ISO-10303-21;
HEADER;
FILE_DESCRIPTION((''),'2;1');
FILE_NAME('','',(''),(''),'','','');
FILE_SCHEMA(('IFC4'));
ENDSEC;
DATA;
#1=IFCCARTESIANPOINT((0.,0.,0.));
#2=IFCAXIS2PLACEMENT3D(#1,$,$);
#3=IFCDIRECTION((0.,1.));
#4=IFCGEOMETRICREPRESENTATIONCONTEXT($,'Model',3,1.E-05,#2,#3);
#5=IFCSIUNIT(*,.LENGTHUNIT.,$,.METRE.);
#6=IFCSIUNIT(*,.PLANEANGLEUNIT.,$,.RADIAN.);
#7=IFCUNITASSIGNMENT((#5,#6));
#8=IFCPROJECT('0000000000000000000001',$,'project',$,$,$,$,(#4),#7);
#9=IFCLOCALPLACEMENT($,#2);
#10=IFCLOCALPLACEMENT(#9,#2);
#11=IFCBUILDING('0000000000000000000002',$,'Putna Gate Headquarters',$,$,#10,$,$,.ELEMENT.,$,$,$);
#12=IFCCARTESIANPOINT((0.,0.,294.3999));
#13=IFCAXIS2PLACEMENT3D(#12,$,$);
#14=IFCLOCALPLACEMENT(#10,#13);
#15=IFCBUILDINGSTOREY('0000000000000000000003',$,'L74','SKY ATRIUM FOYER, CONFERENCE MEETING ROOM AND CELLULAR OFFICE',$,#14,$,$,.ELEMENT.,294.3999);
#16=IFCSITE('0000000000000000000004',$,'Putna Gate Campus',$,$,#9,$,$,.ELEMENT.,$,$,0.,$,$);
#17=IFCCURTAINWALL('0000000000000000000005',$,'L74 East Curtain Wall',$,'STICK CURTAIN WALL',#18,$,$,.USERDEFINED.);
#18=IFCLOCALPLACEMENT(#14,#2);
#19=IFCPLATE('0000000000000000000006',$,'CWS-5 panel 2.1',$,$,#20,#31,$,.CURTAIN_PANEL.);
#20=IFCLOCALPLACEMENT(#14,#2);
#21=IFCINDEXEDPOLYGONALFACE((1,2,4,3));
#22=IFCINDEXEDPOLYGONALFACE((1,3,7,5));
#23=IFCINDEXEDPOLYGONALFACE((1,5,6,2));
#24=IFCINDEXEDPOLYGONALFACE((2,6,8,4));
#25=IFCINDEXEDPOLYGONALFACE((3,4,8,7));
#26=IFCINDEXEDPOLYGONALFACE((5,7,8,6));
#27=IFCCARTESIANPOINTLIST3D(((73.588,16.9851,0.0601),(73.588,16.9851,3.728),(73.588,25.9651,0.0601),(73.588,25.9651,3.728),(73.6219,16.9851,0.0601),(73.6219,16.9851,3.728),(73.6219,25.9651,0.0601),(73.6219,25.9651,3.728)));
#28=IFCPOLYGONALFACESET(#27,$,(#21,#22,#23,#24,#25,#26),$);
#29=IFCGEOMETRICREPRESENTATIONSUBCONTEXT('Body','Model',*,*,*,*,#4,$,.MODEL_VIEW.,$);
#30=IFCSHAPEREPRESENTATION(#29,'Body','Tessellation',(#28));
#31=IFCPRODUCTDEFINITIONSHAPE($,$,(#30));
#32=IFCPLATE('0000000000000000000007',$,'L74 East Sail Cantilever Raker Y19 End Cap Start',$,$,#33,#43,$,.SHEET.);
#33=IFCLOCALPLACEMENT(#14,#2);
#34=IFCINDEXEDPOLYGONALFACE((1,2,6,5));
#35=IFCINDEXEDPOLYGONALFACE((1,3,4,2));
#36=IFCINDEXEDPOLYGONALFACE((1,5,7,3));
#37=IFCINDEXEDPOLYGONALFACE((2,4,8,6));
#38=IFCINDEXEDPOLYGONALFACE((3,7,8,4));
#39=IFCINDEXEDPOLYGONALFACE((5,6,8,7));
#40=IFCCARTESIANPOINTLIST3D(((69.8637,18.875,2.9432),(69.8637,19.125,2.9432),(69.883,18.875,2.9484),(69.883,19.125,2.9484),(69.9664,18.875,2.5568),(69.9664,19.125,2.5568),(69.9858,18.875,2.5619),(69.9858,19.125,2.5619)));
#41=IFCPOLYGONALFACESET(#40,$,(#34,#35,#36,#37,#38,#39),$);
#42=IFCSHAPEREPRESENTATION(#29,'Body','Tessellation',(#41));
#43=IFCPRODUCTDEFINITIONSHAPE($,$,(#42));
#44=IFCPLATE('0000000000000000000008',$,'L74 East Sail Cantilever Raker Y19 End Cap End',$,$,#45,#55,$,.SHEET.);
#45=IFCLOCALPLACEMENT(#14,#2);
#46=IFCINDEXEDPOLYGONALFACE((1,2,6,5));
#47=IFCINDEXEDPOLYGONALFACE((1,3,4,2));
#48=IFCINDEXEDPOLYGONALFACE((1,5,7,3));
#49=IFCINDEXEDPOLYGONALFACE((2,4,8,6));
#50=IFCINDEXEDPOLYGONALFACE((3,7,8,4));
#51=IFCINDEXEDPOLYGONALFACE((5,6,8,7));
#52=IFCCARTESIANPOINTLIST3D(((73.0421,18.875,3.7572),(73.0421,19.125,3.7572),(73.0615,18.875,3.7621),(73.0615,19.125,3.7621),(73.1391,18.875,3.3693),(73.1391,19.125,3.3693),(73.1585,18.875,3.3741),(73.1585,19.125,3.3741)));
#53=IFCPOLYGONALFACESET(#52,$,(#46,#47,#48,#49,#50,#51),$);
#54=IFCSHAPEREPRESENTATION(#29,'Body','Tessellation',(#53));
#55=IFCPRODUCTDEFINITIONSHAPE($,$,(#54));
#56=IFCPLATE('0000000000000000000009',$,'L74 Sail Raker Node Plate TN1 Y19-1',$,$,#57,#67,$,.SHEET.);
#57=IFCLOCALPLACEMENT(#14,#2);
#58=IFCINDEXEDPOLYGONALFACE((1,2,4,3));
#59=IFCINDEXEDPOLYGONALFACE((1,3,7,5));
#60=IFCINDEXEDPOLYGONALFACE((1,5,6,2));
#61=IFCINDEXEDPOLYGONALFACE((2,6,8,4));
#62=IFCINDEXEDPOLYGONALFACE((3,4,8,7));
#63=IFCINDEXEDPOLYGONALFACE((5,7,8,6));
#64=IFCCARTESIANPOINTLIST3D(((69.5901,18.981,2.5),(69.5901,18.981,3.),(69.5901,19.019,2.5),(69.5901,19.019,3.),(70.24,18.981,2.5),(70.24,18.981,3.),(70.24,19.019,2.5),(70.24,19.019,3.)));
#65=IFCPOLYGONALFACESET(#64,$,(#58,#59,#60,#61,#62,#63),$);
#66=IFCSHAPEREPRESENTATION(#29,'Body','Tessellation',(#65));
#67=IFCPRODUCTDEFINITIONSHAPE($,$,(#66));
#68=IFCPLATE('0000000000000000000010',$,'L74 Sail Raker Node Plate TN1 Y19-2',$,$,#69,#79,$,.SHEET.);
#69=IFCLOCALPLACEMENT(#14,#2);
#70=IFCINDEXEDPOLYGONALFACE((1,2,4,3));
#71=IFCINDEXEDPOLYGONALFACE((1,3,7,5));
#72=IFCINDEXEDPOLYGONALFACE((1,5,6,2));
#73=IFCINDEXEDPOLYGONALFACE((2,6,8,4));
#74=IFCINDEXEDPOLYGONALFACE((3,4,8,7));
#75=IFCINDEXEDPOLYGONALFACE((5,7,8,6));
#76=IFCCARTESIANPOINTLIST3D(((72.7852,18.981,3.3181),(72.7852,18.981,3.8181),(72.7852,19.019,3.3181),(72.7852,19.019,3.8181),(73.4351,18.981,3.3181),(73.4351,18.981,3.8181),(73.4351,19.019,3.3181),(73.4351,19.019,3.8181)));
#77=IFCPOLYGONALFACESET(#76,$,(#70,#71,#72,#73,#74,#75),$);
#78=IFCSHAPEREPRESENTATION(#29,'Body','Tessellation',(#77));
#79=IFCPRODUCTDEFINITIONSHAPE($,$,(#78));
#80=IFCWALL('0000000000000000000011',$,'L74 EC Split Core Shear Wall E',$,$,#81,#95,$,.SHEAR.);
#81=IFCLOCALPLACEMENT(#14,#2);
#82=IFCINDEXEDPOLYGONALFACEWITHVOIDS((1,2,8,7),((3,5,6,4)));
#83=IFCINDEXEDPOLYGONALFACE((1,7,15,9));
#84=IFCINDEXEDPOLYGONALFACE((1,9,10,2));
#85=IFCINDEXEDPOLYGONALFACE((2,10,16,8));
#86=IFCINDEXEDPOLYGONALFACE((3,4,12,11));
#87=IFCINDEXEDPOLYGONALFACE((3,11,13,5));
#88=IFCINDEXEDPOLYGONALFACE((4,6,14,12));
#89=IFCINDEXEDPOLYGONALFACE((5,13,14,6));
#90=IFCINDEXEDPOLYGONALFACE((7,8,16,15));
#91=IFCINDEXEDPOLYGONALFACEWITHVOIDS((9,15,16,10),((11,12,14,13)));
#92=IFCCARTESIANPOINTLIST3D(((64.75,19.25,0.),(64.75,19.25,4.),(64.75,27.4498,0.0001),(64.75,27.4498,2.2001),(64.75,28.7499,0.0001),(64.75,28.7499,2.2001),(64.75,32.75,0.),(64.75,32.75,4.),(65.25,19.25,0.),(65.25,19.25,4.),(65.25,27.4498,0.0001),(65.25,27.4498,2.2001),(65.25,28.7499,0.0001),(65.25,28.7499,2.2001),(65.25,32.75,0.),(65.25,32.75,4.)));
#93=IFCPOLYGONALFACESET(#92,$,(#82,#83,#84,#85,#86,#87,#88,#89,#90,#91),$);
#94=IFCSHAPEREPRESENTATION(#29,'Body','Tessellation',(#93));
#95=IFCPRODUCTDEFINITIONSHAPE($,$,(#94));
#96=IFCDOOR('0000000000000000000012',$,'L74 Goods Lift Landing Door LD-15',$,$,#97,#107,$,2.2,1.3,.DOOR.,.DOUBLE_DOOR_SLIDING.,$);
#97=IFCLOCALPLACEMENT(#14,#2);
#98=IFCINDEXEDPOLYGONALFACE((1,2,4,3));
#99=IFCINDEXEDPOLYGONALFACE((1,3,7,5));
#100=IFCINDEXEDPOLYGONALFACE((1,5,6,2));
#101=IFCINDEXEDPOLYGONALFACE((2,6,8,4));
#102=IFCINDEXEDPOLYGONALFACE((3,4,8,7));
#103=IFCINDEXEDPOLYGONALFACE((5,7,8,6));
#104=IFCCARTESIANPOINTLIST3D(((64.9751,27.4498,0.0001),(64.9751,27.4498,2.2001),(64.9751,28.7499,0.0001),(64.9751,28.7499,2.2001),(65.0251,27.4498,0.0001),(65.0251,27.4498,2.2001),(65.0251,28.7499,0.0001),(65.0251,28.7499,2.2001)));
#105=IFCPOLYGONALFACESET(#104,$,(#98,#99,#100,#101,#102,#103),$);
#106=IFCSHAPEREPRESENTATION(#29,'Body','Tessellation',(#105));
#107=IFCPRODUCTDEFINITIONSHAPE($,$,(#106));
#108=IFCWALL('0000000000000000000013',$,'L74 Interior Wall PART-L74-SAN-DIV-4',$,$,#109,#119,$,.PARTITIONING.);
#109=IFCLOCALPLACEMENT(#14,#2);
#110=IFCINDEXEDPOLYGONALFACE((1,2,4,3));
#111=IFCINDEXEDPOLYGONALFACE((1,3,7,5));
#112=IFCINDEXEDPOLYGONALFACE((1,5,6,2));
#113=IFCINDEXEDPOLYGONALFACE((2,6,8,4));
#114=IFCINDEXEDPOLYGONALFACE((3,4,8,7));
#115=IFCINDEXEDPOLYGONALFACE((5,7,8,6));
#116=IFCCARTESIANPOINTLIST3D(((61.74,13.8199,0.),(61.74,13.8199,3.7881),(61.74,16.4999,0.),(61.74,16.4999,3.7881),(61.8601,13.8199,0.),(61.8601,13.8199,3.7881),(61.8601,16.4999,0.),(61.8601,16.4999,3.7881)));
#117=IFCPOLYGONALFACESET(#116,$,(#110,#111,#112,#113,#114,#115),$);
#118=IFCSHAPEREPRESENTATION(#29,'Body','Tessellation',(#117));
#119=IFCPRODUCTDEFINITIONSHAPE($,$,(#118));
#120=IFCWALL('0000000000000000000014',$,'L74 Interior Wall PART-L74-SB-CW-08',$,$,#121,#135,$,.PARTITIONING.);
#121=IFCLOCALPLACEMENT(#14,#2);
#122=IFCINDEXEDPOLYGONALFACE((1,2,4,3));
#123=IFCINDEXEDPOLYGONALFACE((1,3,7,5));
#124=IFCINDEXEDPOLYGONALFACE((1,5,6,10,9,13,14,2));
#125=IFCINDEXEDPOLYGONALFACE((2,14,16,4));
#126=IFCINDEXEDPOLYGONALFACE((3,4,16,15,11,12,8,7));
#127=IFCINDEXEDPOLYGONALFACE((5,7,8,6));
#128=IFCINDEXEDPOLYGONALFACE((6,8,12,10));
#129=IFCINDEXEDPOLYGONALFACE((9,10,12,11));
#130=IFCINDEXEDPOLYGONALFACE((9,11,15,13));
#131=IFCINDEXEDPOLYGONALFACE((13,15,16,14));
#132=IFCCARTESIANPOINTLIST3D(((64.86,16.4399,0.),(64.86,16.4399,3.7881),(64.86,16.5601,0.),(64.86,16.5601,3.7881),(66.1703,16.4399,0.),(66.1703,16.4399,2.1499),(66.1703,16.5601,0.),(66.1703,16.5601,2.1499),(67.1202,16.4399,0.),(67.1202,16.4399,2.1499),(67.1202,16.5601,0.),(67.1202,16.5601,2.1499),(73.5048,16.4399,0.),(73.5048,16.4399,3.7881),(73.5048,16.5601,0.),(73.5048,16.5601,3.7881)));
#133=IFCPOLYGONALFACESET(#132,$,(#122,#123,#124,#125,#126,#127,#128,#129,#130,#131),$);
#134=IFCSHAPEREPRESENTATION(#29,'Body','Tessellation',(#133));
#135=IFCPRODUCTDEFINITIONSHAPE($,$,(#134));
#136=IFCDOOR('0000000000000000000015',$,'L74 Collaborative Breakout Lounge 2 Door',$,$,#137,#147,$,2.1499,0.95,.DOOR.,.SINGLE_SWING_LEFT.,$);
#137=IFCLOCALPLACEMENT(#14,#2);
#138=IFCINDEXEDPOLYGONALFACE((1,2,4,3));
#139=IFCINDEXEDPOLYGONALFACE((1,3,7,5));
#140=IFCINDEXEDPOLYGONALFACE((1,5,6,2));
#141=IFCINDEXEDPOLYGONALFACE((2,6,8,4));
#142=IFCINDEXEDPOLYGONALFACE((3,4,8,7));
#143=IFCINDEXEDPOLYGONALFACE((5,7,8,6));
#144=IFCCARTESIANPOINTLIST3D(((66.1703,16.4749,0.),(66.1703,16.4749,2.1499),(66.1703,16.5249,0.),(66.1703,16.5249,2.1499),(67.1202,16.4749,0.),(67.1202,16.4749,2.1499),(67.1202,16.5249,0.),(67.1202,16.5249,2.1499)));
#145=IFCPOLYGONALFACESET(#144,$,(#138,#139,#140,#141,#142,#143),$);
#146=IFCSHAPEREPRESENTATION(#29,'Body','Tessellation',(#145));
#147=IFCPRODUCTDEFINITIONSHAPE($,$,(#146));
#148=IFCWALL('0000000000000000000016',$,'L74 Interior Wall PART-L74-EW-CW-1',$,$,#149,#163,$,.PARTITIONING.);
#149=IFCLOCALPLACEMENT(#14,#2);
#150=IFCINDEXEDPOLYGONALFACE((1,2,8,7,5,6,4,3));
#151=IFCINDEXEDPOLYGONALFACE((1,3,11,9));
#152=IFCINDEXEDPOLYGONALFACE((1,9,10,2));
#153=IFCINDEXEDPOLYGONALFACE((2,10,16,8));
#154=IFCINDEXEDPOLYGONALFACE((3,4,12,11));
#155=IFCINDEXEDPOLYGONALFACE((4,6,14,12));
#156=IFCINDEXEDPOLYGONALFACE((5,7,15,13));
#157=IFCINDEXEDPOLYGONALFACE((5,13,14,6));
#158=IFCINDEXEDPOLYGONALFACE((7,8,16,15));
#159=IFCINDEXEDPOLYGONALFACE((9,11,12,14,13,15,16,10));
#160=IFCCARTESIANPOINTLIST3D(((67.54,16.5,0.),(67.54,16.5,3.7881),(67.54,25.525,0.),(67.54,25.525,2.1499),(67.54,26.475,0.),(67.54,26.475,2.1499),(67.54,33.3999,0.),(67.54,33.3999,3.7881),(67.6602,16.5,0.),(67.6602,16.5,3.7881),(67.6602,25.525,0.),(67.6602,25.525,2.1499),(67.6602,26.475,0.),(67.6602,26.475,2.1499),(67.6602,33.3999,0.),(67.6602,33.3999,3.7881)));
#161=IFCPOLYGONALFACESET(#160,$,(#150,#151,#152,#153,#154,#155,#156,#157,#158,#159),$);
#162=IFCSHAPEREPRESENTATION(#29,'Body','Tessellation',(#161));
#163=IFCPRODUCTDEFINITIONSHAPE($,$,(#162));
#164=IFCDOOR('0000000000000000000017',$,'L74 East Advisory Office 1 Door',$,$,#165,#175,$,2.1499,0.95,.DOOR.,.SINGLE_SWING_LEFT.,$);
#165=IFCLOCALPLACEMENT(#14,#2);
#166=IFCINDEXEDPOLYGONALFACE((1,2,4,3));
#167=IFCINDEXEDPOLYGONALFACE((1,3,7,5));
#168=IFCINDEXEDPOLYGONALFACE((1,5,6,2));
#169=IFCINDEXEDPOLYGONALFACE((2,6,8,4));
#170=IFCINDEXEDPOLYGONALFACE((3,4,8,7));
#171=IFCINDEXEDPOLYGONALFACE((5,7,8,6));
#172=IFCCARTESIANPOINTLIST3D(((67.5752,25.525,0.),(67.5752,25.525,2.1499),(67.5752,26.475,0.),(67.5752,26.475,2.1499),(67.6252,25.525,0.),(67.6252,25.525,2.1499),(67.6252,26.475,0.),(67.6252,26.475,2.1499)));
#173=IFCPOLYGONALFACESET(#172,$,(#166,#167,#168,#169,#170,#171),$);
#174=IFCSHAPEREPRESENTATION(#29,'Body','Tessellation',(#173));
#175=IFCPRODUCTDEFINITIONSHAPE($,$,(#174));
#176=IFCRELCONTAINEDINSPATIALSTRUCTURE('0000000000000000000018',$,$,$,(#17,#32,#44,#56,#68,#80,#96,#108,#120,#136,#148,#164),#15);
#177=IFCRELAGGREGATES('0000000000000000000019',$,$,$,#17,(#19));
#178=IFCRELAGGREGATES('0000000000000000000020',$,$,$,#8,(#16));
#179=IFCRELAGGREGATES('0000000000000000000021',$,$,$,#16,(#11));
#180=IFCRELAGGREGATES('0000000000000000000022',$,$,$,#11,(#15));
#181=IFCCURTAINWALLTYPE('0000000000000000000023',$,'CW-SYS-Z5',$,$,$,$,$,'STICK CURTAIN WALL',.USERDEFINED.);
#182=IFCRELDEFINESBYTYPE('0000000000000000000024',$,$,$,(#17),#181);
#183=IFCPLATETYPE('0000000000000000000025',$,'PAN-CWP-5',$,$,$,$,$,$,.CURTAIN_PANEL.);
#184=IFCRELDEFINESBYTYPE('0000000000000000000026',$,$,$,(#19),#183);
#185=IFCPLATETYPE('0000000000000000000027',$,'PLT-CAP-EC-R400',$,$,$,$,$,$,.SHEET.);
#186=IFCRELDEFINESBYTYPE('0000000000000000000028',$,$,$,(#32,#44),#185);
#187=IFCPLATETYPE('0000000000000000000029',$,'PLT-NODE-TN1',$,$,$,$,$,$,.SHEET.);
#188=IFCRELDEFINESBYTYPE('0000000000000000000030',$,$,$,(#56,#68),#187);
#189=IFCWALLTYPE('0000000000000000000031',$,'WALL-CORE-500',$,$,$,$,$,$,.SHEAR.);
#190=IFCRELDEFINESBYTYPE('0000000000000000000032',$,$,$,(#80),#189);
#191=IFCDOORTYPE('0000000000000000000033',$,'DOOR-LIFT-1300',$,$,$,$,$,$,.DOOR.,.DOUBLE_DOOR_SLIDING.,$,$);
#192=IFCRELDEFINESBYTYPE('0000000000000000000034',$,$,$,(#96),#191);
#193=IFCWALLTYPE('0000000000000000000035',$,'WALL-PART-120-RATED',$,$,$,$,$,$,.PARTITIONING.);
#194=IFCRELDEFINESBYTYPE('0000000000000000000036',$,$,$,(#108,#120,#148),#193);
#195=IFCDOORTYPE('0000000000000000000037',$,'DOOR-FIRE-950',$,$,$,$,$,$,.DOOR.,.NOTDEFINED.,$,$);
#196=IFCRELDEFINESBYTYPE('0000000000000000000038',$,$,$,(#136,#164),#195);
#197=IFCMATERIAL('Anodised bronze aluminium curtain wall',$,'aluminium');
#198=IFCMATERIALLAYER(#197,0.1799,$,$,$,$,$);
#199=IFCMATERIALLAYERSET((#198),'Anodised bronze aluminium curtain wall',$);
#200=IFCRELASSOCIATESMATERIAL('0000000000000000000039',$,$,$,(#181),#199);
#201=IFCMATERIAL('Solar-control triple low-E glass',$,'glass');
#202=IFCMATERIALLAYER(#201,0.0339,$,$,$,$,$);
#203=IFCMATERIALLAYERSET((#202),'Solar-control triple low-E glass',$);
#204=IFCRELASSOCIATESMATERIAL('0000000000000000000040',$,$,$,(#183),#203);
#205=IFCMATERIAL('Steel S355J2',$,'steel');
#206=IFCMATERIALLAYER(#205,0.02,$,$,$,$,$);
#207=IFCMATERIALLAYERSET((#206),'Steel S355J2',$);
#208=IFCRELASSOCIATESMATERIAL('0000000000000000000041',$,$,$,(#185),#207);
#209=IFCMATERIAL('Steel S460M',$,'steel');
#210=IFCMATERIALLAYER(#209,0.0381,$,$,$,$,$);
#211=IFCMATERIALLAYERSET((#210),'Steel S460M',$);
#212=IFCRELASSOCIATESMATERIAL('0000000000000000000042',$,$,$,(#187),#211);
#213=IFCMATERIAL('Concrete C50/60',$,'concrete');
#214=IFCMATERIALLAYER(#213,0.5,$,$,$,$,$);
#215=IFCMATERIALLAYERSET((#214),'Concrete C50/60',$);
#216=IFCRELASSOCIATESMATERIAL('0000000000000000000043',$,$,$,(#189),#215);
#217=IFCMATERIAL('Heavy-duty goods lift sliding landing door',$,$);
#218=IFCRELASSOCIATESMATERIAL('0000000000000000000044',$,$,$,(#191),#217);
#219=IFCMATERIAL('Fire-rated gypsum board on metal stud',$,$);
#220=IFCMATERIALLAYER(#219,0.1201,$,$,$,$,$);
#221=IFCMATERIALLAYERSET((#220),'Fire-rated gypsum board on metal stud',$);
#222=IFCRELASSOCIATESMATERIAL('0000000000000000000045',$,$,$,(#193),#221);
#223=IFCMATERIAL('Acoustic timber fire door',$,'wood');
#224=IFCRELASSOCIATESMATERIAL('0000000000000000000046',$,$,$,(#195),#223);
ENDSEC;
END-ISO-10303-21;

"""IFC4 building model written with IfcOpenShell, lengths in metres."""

from ifc_helpers import new_model, si_unit, direction, frame, frame_2d, origin, origin_2d, place, context, subcontext, project, spatial, rectangle, extrude, material, layer, layer_set, type_object, element, fill, aggregate, save


model = new_model("IFC4")

# Units and contexts
model_context = context("Model", 3, precision=1e-05, world=origin(), true_north=direction((0.0, 1.0)))
body_context = subcontext(model_context, "Body", "Model", "MODEL_VIEW")
ifc_project = project(units=[si_unit("LENGTHUNIT", "METRE"), si_unit("PLANEANGLEUNIT", "RADIAN")], contexts=[model_context])

# Site, building, storey
site_placement = place(None, origin())
site = spatial("IfcSite", under=ifc_project, at=site_placement, Name="Putna Gate Campus", CompositionType="ELEMENT", RefElevation=0.0)
building_placement = place(site_placement, origin())
building = spatial("IfcBuilding", under=site, at=building_placement, Name="Putna Gate Headquarters", CompositionType="ELEMENT")
storey_placement = place(building_placement, frame((0.0, 0.0, 294.3999)))
storey = spatial("IfcBuildingStorey", under=building, at=storey_placement, Name="L74", Description="SKY ATRIUM FOYER, CONFERENCE MEETING ROOM AND CELLULAR OFFICE", CompositionType="ELEMENT", Elevation=294.3999)

# Shared definitions
ifc_material_1 = material(Name="Steel S460M", Category="steel")

# Shared definitions
ifc_material_2 = material(Name="Steel S355J2", Category="steel")

# Curtain wall, plate
ifc_material_3 = material(Name="Anodised bronze aluminium curtain wall", Category="aluminium")
ifc_layer_1 = layer(ifc_material_3, 0.1799)
ifc_layer_set_1 = layer_set([ifc_layer_1], Name="Anodised bronze aluminium curtain wall")
curtain_wall_type = type_object("IfcCurtainWallType", Name="CW-SYS-Z5", ElementType="STICK CURTAIN WALL", PredefinedType="USERDEFINED", material=ifc_layer_set_1)
curtain_wall_placement = place(storey_placement, origin())
curtain_wall = element("IfcCurtainWall", 1, at=curtain_wall_placement, inside=storey, type_object=curtain_wall_type, Name="L74 East Curtain Wall", ObjectType="STICK CURTAIN WALL", PredefinedType="USERDEFINED")
ifc_material_4 = material(Name="Solar-control triple low-E glass", Category="glass")
ifc_layer_2 = layer(ifc_material_4, 0.0339)
ifc_layer_set_2 = layer_set([ifc_layer_2], Name="Solar-control triple low-E glass")
plate_type_1 = type_object("IfcPlateType", Name="PAN-CWP-5", PredefinedType="CURTAIN_PANEL", material=ifc_layer_set_2)
plate_placement = place(storey_placement, frame((73.605, 21.4751, 0.0601), z_axis=(0.0, 0.0, 1.0), x_axis=(0.0, 1.0, 0.0)))
plate = element("IfcPlate", 2, at=plate_placement, type_object=plate_type_1, Name="CWS-5 panel 2.1", PredefinedType="CURTAIN_PANEL", context=body_context, shape_type="SweptSolid", body=[
    extrude(rectangle(XDim=8.98, YDim=0.0339, at=origin_2d()), origin(), (0.0, 0.0, 1.0), 3.668),
])
aggregate(curtain_wall, [plate])

# Plates
ifc_layer_3 = layer(ifc_material_2, 0.02)
ifc_layer_set_3 = layer_set([ifc_layer_3], Name="Steel S355J2")
plate_type_2 = type_object("IfcPlateType", Name="PLT-CAP-EC-R400", PredefinedType="SHEET", material=ifc_layer_set_3)
for number, where, z_axis, x_axis, name in (
    (3, (69.915, 19.0, 2.75), (0.966438, 0.0, 0.256901), (0.0, 1.0, 0.0), "L74 East Sail Cantilever Raker Y19 End Cap Start"),
    (4, (73.0906, 19.0, 3.5632), (0.970143, 0.0, 0.242536), (0.0, 1.0, 0.0), "L74 East Sail Cantilever Raker Y19 End Cap End"),
):
    element("IfcPlate", number, at=place(storey_placement, frame(where, z_axis=z_axis, x_axis=x_axis)), inside=storey, type_object=plate_type_2, Name=name, PredefinedType="SHEET", context=body_context, shape_type="SweptSolid", body=[
        extrude(rectangle(XDim=0.25, YDim=0.3999, at=origin_2d()), origin(), (0.0, 0.0, 1.0), 0.02),
    ])
ifc_layer_4 = layer(ifc_material_1, 0.0381)
ifc_layer_set_4 = layer_set([ifc_layer_4], Name="Steel S460M")
plate_type_3 = type_object("IfcPlateType", Name="PLT-NODE-TN1", PredefinedType="SHEET", material=ifc_layer_set_4)
for number, where, z_axis, x_axis, name in (
    (5, (69.915, 19.0, 2.5), (0.0, 0.0, 1.0), (1.0, 0.0, 0.0), "L74 Sail Raker Node Plate TN1 Y19-1"),
    (6, (73.1101, 19.0, 3.3181), (0.0, 0.0, 1.0), (1.0, 0.0, 0.0), "L74 Sail Raker Node Plate TN1 Y19-2"),
):
    element("IfcPlate", number, at=place(storey_placement, frame(where, z_axis=z_axis, x_axis=x_axis)), inside=storey, type_object=plate_type_3, Name=name, PredefinedType="SHEET", context=body_context, shape_type="SweptSolid", body=[
        extrude(rectangle(XDim=0.6499, YDim=0.0381, at=origin_2d()), origin(), (0.0, 0.0, 1.0), 0.5),
    ])

# Wall, opening, door
ifc_material_5 = material(Name="Concrete C50/60", Category="concrete")
ifc_layer_5 = layer(ifc_material_5, 0.5)
ifc_layer_set_5 = layer_set([ifc_layer_5], Name="Concrete C50/60")
wall_type_1 = type_object("IfcWallType", Name="WALL-CORE-500", PredefinedType="SHEAR", material=ifc_layer_set_5)
wall_1_placement = place(storey_placement, frame((65.0, 19.25, 0.0), z_axis=(0.0, 0.0, 1.0), x_axis=(0.0, 1.0, 0.0)))
wall_1 = element("IfcWall", 7, at=wall_1_placement, inside=storey, type_object=wall_type_1, Name="L74 EC Split Core Shear Wall E", PredefinedType="SHEAR", context=body_context, shape_type="SweptSolid", body=[
    extrude(rectangle(XDim=13.5, YDim=0.5, at=frame_2d((6.75, 0.0))), origin(), (0.0, 0.0, 1.0), 4.0),
])
opening_1_placement = place(wall_1_placement, frame((8.2, 0.0, 0.0)))
opening_1 = element("IfcOpeningElement", 8, at=opening_1_placement, cuts=wall_1, PredefinedType="OPENING", context=body_context, shape_type="SweptSolid", body=[
    extrude(rectangle(XDim=1.3, YDim=2.2, at=frame_2d((0.6499, 1.1001))), frame((0.0, 0.26, 0.0), z_axis=(0.0, -1.0, 0.0), x_axis=(1.0, 0.0, 0.0)), (0.0, 0.0, 1.0), 0.52),
])
ifc_material_6 = material(Name="Heavy-duty goods lift sliding landing door")
door_type_1 = type_object("IfcDoorType", Name="DOOR-LIFT-1300", OperationType="DOUBLE_DOOR_SLIDING", PredefinedType="DOOR", material=ifc_material_6)
door_1_placement = place(opening_1_placement, origin())
door_1 = element("IfcDoor", 9, at=door_1_placement, inside=storey, type_object=door_type_1, Name="L74 Goods Lift Landing Door LD-15", OperationType="DOUBLE_DOOR_SLIDING", OverallHeight=2.2, OverallWidth=1.3, PredefinedType="DOOR", context=body_context, shape_type="SweptSolid", body=[
    extrude(rectangle(XDim=1.3, YDim=2.2, at=frame_2d((0.6499, 1.1001))), frame((0.0, 0.0249, 0.0), z_axis=(0.0, -1.0, 0.0), x_axis=(1.0, 0.0, 0.0)), (0.0, 0.0, 1.0), 0.05),
])
fill(opening_1, door_1)

# Wall
ifc_material_7 = material(Name="Fire-rated gypsum board on metal stud")
ifc_layer_6 = layer(ifc_material_7, 0.1201)
ifc_layer_set_6 = layer_set([ifc_layer_6], Name="Fire-rated gypsum board on metal stud")
wall_type_2 = type_object("IfcWallType", Name="WALL-PART-120-RATED", PredefinedType="PARTITIONING", material=ifc_layer_set_6)
wall_2_placement = place(storey_placement, frame((61.8, 13.8201, 0.0), z_axis=(0.0, 0.0, 1.0), x_axis=(0.0, 1.0, 0.0)))
element("IfcWall", 10, at=wall_2_placement, inside=storey, type_object=wall_type_2, Name="L74 Interior Wall PART-L74-SAN-DIV-4", PredefinedType="PARTITIONING", context=body_context, shape_type="SweptSolid", body=[
    extrude(rectangle(XDim=2.6799, YDim=0.1201, at=frame_2d((1.3398, 0.0))), origin(), (0.0, 0.0, 1.0), 3.7881),
])

# Walls, openings, doors
wall_3_placement = place(storey_placement, frame((64.8601, 16.5, 0.0), z_axis=(0.0, 0.0, 1.0), x_axis=(1.0, 0.0, 0.0)))
wall_3 = element("IfcWall", 11, at=wall_3_placement, inside=storey, type_object=wall_type_2, Name="L74 Interior Wall PART-L74-SB-CW-08", PredefinedType="PARTITIONING", context=body_context, shape_type="SweptSolid", body=[
    extrude(rectangle(XDim=8.6448, YDim=0.1201, at=frame_2d((4.3223, 0.0))), origin(), (0.0, 0.0, 1.0), 3.7881),
])
opening_2_placement = place(wall_3_placement, frame((1.3101, 0.0, 0.0)))
opening_2 = element("IfcOpeningElement", 12, at=opening_2_placement, cuts=wall_3, PredefinedType="OPENING", context=body_context, shape_type="SweptSolid", body=[
    extrude(rectangle(XDim=0.95, YDim=2.1499, at=frame_2d((0.4751, 1.075))), frame((0.0, 0.0701, 0.0), z_axis=(0.0, -1.0, 0.0), x_axis=(1.0, 0.0, 0.0)), (0.0, 0.0, 1.0), 0.1401),
])
ifc_material_8 = material(Name="Acoustic timber fire door", Category="wood")
door_type_2 = type_object("IfcDoorType", Name="DOOR-FIRE-950", OperationType="NOTDEFINED", PredefinedType="DOOR", material=ifc_material_8)
door_2_placement = place(opening_2_placement, origin())
door_2 = element("IfcDoor", 13, at=door_2_placement, inside=storey, type_object=door_type_2, Name="L74 Collaborative Breakout Lounge 2 Door", OperationType="SINGLE_SWING_LEFT", OverallHeight=2.1499, OverallWidth=0.95, PredefinedType="DOOR", context=body_context, shape_type="SweptSolid", body=[
    extrude(rectangle(XDim=0.95, YDim=2.1499, at=frame_2d((0.4751, 1.075))), frame((0.0, 0.0249, 0.0), z_axis=(0.0, -1.0, 0.0), x_axis=(1.0, 0.0, 0.0)), (0.0, 0.0, 1.0), 0.05),
])
fill(opening_2, door_2)
wall_4_placement = place(storey_placement, frame((67.6001, 16.5, 0.0), z_axis=(0.0, 0.0, 1.0), x_axis=(0.0, 1.0, 0.0)))
wall_4 = element("IfcWall", 14, at=wall_4_placement, inside=storey, type_object=wall_type_2, Name="L74 Interior Wall PART-L74-EW-CW-1", PredefinedType="PARTITIONING", context=body_context, shape_type="SweptSolid", body=[
    extrude(rectangle(XDim=16.8999, YDim=0.1201, at=frame_2d((8.45, 0.0))), origin(), (0.0, 0.0, 1.0), 3.7881),
])
opening_3_placement = place(wall_4_placement, frame((9.0249, 0.0, 0.0)))
opening_3 = element("IfcOpeningElement", 15, at=opening_3_placement, cuts=wall_4, PredefinedType="OPENING", context=body_context, shape_type="SweptSolid", body=[
    extrude(rectangle(XDim=0.95, YDim=2.1499, at=frame_2d((0.4751, 1.075))), frame((0.0, 0.0701, 0.0), z_axis=(0.0, -1.0, 0.0), x_axis=(1.0, 0.0, 0.0)), (0.0, 0.0, 1.0), 0.1401),
])
door_3_placement = place(opening_3_placement, origin())
door_3 = element("IfcDoor", 16, at=door_3_placement, inside=storey, type_object=door_type_2, Name="L74 East Advisory Office 1 Door", OperationType="SINGLE_SWING_LEFT", OverallHeight=2.1499, OverallWidth=0.95, PredefinedType="DOOR", context=body_context, shape_type="SweptSolid", body=[
    extrude(rectangle(XDim=0.95, YDim=2.1499, at=frame_2d((0.4751, 1.075))), frame((0.0, 0.0249, 0.0), z_axis=(0.0, -1.0, 0.0), x_axis=(1.0, 0.0, 0.0)), (0.0, 0.0, 1.0), 0.05),
])
fill(opening_3, door_3)

save(model, "model.ifc")
